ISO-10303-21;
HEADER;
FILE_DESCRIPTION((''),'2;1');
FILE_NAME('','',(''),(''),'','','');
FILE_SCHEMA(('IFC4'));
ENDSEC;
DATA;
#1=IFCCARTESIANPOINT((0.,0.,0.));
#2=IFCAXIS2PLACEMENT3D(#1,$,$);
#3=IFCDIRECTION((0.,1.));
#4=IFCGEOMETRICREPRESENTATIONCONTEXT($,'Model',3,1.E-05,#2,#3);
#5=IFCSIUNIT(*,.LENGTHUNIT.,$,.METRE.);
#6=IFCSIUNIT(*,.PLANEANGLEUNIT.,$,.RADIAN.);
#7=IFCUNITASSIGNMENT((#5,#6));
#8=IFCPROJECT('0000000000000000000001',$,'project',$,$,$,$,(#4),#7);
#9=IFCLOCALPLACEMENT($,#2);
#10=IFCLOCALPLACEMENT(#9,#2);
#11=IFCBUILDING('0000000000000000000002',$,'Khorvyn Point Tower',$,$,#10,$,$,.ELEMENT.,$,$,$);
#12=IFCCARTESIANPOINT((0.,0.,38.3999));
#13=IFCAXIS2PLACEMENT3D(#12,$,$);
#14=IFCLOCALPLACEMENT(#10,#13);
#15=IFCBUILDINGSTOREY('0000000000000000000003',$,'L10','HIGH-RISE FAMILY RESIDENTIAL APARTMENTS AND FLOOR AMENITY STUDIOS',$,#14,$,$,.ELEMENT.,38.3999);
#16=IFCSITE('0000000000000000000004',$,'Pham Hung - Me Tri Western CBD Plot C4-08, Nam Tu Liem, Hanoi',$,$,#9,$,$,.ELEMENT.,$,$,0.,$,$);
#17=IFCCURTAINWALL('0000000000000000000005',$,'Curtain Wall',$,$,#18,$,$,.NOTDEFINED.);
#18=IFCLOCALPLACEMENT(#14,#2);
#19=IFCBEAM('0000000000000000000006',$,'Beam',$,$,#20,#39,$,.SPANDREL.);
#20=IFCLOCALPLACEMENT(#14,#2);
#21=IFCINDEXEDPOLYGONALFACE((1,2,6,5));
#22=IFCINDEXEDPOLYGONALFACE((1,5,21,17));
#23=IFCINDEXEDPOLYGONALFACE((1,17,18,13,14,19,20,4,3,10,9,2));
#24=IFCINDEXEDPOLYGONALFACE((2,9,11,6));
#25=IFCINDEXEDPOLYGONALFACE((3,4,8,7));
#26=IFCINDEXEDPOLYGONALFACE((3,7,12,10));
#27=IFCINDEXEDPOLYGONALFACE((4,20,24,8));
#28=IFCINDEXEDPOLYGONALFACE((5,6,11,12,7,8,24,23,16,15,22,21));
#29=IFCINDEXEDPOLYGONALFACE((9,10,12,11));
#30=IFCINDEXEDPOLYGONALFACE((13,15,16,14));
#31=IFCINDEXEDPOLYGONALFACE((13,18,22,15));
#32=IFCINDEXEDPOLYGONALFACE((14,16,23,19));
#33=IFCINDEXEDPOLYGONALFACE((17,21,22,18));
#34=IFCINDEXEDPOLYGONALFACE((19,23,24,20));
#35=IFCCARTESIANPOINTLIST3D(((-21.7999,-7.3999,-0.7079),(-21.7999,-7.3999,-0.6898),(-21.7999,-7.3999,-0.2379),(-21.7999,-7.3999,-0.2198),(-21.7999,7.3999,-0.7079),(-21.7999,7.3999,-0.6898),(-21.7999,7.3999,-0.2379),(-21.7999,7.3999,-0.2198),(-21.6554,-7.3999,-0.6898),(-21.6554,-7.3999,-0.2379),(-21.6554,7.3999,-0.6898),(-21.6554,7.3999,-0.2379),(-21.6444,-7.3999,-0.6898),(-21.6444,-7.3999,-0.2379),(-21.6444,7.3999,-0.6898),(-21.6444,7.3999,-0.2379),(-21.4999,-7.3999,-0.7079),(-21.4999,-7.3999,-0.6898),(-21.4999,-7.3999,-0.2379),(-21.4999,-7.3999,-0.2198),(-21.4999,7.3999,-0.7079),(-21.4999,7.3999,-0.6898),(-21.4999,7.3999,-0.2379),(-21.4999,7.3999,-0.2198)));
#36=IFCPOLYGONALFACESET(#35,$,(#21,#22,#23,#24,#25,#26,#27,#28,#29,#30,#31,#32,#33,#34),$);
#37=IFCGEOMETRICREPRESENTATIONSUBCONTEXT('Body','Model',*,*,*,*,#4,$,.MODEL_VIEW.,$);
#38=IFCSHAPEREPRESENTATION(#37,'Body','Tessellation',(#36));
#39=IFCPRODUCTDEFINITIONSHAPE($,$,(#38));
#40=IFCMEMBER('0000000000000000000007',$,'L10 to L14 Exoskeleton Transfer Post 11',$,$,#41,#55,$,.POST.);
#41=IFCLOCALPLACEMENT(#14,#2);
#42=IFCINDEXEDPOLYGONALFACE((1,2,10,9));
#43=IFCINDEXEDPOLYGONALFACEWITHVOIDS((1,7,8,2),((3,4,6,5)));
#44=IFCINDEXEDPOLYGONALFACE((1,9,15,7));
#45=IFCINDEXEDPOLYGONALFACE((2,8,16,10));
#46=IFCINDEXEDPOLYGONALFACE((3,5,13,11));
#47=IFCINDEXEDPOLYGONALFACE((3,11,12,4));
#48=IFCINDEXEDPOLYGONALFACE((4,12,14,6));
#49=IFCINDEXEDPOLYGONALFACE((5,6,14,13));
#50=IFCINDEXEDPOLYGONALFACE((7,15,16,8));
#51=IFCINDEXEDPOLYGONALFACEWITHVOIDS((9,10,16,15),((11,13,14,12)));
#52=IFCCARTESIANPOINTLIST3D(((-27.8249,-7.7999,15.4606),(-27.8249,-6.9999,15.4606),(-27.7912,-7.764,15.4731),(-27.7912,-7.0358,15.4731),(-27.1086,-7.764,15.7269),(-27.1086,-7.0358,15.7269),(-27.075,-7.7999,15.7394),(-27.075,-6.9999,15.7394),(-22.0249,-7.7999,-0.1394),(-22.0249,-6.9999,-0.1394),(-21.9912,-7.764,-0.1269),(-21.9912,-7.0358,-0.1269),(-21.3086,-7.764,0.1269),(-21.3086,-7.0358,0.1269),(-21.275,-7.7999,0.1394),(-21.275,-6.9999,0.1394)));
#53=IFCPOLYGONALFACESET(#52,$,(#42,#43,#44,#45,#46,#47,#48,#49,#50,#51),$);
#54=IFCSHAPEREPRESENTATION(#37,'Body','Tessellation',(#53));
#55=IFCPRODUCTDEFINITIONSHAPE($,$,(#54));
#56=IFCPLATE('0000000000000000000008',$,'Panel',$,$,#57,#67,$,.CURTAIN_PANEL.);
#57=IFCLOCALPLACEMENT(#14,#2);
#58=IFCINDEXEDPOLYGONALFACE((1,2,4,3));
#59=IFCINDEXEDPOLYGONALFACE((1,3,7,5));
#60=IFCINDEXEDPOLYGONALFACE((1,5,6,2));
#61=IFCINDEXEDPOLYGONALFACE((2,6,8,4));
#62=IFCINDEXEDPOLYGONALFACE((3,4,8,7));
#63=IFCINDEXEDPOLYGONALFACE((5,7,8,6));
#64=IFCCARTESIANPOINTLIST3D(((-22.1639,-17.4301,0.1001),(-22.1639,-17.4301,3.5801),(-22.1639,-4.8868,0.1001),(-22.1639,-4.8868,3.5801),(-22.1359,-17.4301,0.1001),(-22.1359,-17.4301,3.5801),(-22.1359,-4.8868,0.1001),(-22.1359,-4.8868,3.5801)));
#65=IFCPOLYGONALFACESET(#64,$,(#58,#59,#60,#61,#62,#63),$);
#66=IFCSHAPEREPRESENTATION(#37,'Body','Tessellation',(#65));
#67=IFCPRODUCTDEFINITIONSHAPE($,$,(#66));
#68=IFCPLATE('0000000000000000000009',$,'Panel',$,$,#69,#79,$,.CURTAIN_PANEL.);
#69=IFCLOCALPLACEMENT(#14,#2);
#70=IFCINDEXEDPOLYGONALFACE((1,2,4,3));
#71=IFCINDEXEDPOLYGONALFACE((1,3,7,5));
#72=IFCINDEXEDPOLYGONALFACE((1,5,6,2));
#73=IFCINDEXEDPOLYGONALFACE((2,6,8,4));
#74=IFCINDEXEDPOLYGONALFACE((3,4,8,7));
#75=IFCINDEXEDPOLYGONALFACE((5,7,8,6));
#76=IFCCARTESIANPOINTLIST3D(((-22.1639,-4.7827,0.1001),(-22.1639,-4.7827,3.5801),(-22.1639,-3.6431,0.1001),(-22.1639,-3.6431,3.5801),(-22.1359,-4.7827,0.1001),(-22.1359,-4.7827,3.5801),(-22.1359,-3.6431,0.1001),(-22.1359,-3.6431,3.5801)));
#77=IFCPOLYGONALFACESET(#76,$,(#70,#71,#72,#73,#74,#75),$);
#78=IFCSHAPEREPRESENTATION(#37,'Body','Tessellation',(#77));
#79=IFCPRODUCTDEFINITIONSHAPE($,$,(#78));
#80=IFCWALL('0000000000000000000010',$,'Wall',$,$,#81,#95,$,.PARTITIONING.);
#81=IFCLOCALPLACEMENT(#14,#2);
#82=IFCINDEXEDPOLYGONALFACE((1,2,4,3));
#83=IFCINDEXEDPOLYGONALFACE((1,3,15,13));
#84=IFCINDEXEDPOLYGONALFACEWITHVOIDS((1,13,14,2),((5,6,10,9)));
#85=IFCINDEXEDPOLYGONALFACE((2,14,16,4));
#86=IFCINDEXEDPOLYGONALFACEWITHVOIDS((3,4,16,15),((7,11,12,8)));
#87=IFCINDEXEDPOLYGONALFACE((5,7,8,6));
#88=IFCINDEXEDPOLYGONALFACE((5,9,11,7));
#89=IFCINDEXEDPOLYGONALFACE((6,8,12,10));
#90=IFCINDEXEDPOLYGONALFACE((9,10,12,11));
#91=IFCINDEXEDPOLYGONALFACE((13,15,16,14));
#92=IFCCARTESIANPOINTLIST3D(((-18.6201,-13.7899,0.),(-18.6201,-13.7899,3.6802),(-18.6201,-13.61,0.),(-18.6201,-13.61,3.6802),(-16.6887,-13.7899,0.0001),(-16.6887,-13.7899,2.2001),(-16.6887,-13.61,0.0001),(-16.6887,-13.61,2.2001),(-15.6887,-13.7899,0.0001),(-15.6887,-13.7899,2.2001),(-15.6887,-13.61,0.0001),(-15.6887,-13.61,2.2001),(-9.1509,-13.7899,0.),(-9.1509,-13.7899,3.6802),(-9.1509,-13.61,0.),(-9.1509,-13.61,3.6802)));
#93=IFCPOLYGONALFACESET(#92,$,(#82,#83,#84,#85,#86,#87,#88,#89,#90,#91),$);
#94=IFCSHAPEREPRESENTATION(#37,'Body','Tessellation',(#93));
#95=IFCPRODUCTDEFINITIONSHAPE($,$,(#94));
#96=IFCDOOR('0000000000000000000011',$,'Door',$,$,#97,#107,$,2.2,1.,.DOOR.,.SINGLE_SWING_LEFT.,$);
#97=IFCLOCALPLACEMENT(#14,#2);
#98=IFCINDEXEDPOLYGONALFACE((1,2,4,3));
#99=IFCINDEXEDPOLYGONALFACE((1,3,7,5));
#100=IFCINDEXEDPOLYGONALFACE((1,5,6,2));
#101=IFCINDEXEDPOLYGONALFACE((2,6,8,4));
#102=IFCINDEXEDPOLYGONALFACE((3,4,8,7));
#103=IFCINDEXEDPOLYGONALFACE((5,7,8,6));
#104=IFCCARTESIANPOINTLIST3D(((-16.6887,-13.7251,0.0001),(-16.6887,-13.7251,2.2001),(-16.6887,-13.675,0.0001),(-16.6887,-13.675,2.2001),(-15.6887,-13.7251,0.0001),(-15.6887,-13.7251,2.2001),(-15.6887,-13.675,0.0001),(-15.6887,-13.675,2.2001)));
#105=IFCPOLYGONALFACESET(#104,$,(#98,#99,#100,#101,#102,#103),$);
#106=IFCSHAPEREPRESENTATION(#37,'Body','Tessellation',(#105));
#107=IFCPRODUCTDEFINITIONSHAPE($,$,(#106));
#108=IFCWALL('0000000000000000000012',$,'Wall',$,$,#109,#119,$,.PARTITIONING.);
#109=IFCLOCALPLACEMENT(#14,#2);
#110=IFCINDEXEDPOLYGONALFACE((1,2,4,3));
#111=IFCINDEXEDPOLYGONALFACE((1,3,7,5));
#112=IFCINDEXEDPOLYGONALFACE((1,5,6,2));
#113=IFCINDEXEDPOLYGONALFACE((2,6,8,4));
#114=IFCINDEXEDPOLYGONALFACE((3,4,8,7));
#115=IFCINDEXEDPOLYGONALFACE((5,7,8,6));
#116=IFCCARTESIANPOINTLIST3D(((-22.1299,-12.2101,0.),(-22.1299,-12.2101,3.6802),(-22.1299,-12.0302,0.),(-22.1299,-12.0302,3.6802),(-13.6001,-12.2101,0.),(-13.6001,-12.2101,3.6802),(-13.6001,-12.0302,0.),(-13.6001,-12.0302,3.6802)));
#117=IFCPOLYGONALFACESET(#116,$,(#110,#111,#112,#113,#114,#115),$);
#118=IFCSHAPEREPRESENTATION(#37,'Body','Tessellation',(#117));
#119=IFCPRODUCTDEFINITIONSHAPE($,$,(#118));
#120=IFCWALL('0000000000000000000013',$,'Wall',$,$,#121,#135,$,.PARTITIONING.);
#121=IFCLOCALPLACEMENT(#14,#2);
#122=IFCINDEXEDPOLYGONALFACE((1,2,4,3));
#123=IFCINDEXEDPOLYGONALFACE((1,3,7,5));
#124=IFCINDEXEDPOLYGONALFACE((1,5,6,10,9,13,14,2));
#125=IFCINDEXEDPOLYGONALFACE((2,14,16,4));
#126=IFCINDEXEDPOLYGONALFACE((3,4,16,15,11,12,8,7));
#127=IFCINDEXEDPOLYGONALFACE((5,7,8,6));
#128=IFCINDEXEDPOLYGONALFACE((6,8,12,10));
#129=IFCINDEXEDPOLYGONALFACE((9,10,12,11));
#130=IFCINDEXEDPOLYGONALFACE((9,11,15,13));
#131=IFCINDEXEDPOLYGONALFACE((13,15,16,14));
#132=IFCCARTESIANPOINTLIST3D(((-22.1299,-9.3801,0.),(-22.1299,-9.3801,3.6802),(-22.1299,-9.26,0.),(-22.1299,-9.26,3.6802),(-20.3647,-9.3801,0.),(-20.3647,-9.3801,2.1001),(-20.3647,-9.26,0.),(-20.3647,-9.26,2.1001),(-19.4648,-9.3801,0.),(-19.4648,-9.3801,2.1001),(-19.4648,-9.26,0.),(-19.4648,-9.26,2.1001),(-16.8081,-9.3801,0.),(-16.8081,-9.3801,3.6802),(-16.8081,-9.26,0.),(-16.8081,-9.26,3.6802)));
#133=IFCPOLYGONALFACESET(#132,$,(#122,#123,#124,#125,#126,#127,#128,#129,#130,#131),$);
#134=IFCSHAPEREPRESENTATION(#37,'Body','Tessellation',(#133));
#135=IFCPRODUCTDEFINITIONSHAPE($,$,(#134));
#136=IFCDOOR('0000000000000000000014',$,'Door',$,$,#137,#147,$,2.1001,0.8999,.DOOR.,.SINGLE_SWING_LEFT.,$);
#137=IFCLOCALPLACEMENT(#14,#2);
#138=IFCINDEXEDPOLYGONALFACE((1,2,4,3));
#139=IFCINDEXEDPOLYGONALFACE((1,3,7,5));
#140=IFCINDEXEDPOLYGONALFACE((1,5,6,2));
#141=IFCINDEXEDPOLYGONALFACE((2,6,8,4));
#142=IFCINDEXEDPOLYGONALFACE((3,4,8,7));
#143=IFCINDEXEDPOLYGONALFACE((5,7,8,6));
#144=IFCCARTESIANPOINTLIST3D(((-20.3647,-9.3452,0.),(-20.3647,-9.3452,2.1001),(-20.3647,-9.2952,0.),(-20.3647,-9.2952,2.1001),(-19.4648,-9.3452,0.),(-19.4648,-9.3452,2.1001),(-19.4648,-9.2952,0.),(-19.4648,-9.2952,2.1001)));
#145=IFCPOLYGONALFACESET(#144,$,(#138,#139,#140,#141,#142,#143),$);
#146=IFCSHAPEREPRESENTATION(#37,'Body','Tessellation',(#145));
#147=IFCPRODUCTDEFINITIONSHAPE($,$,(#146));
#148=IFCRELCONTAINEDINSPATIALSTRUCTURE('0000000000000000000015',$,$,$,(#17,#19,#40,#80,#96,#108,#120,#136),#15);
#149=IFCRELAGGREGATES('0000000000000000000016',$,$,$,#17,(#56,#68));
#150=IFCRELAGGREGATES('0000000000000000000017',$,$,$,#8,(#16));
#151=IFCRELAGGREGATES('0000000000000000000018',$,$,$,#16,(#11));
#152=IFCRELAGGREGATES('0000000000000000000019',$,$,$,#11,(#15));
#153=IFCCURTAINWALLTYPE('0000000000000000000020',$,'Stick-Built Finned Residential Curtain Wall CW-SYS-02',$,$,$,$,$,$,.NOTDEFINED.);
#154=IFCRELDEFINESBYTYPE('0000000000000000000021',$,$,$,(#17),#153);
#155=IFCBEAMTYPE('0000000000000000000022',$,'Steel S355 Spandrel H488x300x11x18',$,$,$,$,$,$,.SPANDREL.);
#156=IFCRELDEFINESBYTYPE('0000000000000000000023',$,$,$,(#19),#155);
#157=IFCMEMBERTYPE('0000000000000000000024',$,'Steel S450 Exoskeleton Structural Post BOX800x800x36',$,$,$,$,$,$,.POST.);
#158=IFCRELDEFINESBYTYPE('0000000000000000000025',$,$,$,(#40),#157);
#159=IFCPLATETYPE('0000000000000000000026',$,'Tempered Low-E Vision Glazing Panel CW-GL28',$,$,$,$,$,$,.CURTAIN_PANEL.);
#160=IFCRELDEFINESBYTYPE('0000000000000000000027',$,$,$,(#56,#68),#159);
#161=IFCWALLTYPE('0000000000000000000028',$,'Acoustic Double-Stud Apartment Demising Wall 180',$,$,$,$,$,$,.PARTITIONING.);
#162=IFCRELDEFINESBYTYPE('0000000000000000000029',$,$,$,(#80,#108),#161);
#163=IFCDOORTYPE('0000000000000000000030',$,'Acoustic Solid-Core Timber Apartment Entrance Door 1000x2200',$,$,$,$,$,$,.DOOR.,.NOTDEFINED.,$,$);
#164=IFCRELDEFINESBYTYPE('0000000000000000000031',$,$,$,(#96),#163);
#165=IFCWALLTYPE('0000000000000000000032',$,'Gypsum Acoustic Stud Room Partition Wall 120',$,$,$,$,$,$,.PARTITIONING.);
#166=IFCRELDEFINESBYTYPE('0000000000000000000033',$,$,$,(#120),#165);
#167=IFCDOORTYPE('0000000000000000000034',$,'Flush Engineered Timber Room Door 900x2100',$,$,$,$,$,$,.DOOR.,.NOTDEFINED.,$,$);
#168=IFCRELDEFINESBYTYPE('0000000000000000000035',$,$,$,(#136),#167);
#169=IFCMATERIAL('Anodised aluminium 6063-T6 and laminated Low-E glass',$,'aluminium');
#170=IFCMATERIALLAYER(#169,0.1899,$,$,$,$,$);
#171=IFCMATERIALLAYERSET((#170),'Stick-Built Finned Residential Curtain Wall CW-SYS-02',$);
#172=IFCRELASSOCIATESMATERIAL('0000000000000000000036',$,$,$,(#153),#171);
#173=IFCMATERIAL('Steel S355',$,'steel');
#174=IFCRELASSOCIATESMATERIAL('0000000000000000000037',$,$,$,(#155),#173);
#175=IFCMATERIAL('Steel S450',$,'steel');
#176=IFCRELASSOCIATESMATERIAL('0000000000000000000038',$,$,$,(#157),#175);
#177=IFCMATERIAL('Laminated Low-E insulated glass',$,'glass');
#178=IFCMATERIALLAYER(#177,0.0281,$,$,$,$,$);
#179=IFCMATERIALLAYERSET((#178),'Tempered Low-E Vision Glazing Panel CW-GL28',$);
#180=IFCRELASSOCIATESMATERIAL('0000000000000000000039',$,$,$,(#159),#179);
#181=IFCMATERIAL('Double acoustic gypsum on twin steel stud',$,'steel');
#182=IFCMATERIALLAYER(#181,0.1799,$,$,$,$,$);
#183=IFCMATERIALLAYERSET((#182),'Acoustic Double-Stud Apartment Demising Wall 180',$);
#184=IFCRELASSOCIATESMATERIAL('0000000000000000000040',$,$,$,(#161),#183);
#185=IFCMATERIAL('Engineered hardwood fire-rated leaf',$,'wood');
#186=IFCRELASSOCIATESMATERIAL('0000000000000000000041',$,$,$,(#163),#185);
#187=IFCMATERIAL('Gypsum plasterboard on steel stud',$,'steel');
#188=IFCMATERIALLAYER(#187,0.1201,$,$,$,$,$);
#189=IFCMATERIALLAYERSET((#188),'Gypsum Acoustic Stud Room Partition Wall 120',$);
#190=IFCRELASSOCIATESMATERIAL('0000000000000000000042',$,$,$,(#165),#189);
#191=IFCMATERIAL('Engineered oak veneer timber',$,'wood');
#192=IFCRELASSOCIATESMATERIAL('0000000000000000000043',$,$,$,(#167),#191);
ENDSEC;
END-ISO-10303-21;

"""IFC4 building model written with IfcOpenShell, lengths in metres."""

from ifc_helpers import new_model, si_unit, direction, frame, frame_2d, origin, origin_2d, place, context, subcontext, project, spatial, rectangle, hollow_rectangle, i_section, extrude, material, layer, layer_set, material_profile, profile_set, type_object, element, fill, aggregate, save


model = new_model("IFC4")

# Units and contexts
model_context = context("Model", 3, precision=1e-05, world=origin(), true_north=direction((0.0, 1.0)))
body_context = subcontext(model_context, "Body", "Model", "MODEL_VIEW")
ifc_project = project(units=[si_unit("LENGTHUNIT", "METRE"), si_unit("PLANEANGLEUNIT", "RADIAN")], contexts=[model_context])

# Site, building, storey
site_placement = place(None, origin())
site = spatial("IfcSite", under=ifc_project, at=site_placement, Name="Pham Hung - Me Tri Western CBD Plot C4-08, Nam Tu Liem, Hanoi", CompositionType="ELEMENT", RefElevation=0.0)
building_placement = place(site_placement, origin())
building = spatial("IfcBuilding", under=site, at=building_placement, Name="Khorvyn Point Tower", CompositionType="ELEMENT")
storey_placement = place(building_placement, frame((0.0, 0.0, 38.3999)))
storey = spatial("IfcBuildingStorey", under=building, at=storey_placement, Name="L10", Description="HIGH-RISE FAMILY RESIDENTIAL APARTMENTS AND FLOOR AMENITY STUDIOS", CompositionType="ELEMENT", Elevation=38.3999)

# Shared definitions
ifc_material_1 = material(Name="Steel S450", Category="steel")

# Curtain wall
ifc_material_2 = material(Name="Anodised aluminium 6063-T6 and laminated Low-E glass", Category="aluminium")
ifc_layer_1 = layer(ifc_material_2, 0.1899)
ifc_layer_set_1 = layer_set([ifc_layer_1], Name="Stick-Built Finned Residential Curtain Wall CW-SYS-02")
curtain_wall_type = type_object("IfcCurtainWallType", Name="Stick-Built Finned Residential Curtain Wall CW-SYS-02", PredefinedType="NOTDEFINED", material=ifc_layer_set_1)
curtain_wall_placement = place(storey_placement, origin())
curtain_wall = element("IfcCurtainWall", 1, at=curtain_wall_placement, inside=storey, type_object=curtain_wall_type, Name="Curtain Wall", PredefinedType="NOTDEFINED")

# Beam
ifc_material_3 = material(Name="Steel S355", Category="steel")
ifc_material_profile_1 = material_profile(ifc_material_3, i_section(OverallWidth=0.3, OverallDepth=0.488, WebThickness=0.011, FlangeThickness=0.0181, at=origin_2d()))
ifc_profile_set_1 = profile_set([ifc_material_profile_1], Name="Steel S355 H488x300x11x18")
beam_type_1 = type_object("IfcBeamType", Name="Steel S355 Spandrel H488x300x11x18", PredefinedType="SPANDREL", material=ifc_profile_set_1)
beam_1_placement = place(storey_placement, frame((-21.6499, -7.3999, -0.4639), z_axis=(0.0, 1.0, 0.0), x_axis=(-1.0, 0.0, 0.0)))
element("IfcBeam", 2, at=beam_1_placement, inside=storey, type_object=beam_type_1, Name="Beam", PredefinedType="SPANDREL", context=body_context, shape_type="SweptSolid", body=[
    extrude(i_section(OverallWidth=0.3, OverallDepth=0.488, WebThickness=0.011, FlangeThickness=0.0181, at=origin_2d()), origin(), (0.0, 0.0, 1.0), 14.7998),
])

# Member
ifc_material_profile_2 = material_profile(ifc_material_1, hollow_rectangle(XDim=0.8, YDim=0.8, WallThickness=0.0359, at=origin_2d()))
ifc_profile_set_2 = profile_set([ifc_material_profile_2], Name="Steel S450 BOX800x800x36")
member_type_1 = type_object("IfcMemberType", Name="Steel S450 Exoskeleton Structural Post BOX800x800x36", PredefinedType="POST", material=ifc_profile_set_2)
member_1_placement = place(storey_placement, frame((-21.6499, -7.3999, 0.0), z_axis=(-0.348489, 0.0, 0.937313), x_axis=(0.0, -1.0, 0.0)))
element("IfcMember", 3, at=member_1_placement, inside=storey, type_object=member_type_1, Name="L10 to L14 Exoskeleton Transfer Post 11", PredefinedType="POST", context=body_context, shape_type="SweptSolid", body=[
    extrude(hollow_rectangle(XDim=0.8, YDim=0.8, WallThickness=0.0359, at=origin_2d()), origin(), (0.0, 0.0, 1.0), 16.6433),
])

# Plates
ifc_material_4 = material(Name="Laminated Low-E insulated glass", Category="glass")
ifc_layer_2 = layer(ifc_material_4, 0.0281)
ifc_layer_set_2 = layer_set([ifc_layer_2], Name="Tempered Low-E Vision Glazing Panel CW-GL28")
plate_type = type_object("IfcPlateType", Name="Tempered Low-E Vision Glazing Panel CW-GL28", PredefinedType="CURTAIN_PANEL", material=ifc_layer_set_2)
plate_1_placement = place(storey_placement, frame((-22.1499, -11.1584, 0.1001), z_axis=(0.0, 0.0, 1.0), x_axis=(0.0, 1.0, 0.0)))
plate_1 = element("IfcPlate", 4, at=plate_1_placement, type_object=plate_type, Name="Panel", PredefinedType="CURTAIN_PANEL", context=body_context, shape_type="SweptSolid", body=[
    extrude(rectangle(XDim=12.5432, YDim=0.0281, at=origin_2d()), origin(), (0.0, 0.0, 1.0), 3.48),
])
plate_2_placement = place(storey_placement, frame((-22.1499, -4.2129, 0.1001), z_axis=(0.0, 0.0, 1.0), x_axis=(0.0, 1.0, 0.0)))
plate_2 = element("IfcPlate", 5, at=plate_2_placement, type_object=plate_type, Name="Panel", PredefinedType="CURTAIN_PANEL", context=body_context, shape_type="SweptSolid", body=[
    extrude(rectangle(XDim=1.1396, YDim=0.0281, at=origin_2d()), origin(), (0.0, 0.0, 1.0), 3.48),
])
aggregate(curtain_wall, [plate_1, plate_2])

# Wall, opening, door
ifc_material_5 = material(Name="Double acoustic gypsum on twin steel stud", Category="steel")
ifc_layer_3 = layer(ifc_material_5, 0.1799)
ifc_layer_set_3 = layer_set([ifc_layer_3], Name="Acoustic Double-Stud Apartment Demising Wall 180")
wall_type_1 = type_object("IfcWallType", Name="Acoustic Double-Stud Apartment Demising Wall 180", PredefinedType="PARTITIONING", material=ifc_layer_set_3)
wall_1_placement = place(storey_placement, frame((-18.6201, -13.7, 0.0), z_axis=(0.0, 0.0, 1.0), x_axis=(1.0, 0.0, 0.0)))
wall_1 = element("IfcWall", 6, at=wall_1_placement, inside=storey, type_object=wall_type_1, Name="Wall", PredefinedType="PARTITIONING", context=body_context, shape_type="SweptSolid", body=[
    extrude(rectangle(XDim=9.4692, YDim=0.1799, at=frame_2d((4.7346, 0.0))), origin(), (0.0, 0.0, 1.0), 3.6802),
])
opening_1_placement = place(wall_1_placement, frame((1.9314, 0.0, 0.0)))
opening_1 = element("IfcOpeningElement", 7, at=opening_1_placement, cuts=wall_1, PredefinedType="OPENING", context=body_context, shape_type="SweptSolid", body=[
    extrude(rectangle(XDim=1.0, YDim=2.2, at=frame_2d((0.5, 1.1001))), frame((0.0, 0.0999, 0.0), z_axis=(0.0, -1.0, 0.0), x_axis=(1.0, 0.0, 0.0)), (0.0, 0.0, 1.0), 0.2),
])
ifc_material_6 = material(Name="Engineered hardwood fire-rated leaf", Category="wood")
door_type_1 = type_object("IfcDoorType", Name="Acoustic Solid-Core Timber Apartment Entrance Door 1000x2200", OperationType="NOTDEFINED", PredefinedType="DOOR", material=ifc_material_6)
door_1_placement = place(opening_1_placement, origin())
door_1 = element("IfcDoor", 8, at=door_1_placement, inside=storey, type_object=door_type_1, Name="Door", OperationType="SINGLE_SWING_LEFT", OverallHeight=2.2, OverallWidth=1.0, PredefinedType="DOOR", context=body_context, shape_type="SweptSolid", body=[
    extrude(rectangle(XDim=1.0, YDim=2.2, at=frame_2d((0.5, 1.1001))), frame((0.0, 0.0249, 0.0), z_axis=(0.0, -1.0, 0.0), x_axis=(1.0, 0.0, 0.0)), (0.0, 0.0, 1.0), 0.05),
])
fill(opening_1, door_1)

# Wall
wall_2_placement = place(storey_placement, frame((-22.1299, -12.1201, 0.0), z_axis=(0.0, 0.0, 1.0), x_axis=(1.0, 0.0, 0.0)))
element("IfcWall", 9, at=wall_2_placement, inside=storey, type_object=wall_type_1, Name="Wall", PredefinedType="PARTITIONING", context=body_context, shape_type="SweptSolid", body=[
    extrude(rectangle(XDim=8.5298, YDim=0.1799, at=frame_2d((4.2649, 0.0))), origin(), (0.0, 0.0, 1.0), 3.6802),
])

# Wall, opening, door
ifc_material_7 = material(Name="Gypsum plasterboard on steel stud", Category="steel")
ifc_layer_4 = layer(ifc_material_7, 0.1201)
ifc_layer_set_4 = layer_set([ifc_layer_4], Name="Gypsum Acoustic Stud Room Partition Wall 120")
wall_type_2 = type_object("IfcWallType", Name="Gypsum Acoustic Stud Room Partition Wall 120", PredefinedType="PARTITIONING", material=ifc_layer_set_4)
wall_3_placement = place(storey_placement, frame((-22.1299, -9.3201, 0.0), z_axis=(0.0, 0.0, 1.0), x_axis=(1.0, 0.0, 0.0)))
wall_3 = element("IfcWall", 10, at=wall_3_placement, inside=storey, type_object=wall_type_2, Name="Wall", PredefinedType="PARTITIONING", context=body_context, shape_type="SweptSolid", body=[
    extrude(rectangle(XDim=5.3218, YDim=0.1201, at=frame_2d((2.6609, 0.0))), origin(), (0.0, 0.0, 1.0), 3.6802),
])
opening_2_placement = place(wall_3_placement, frame((1.7651, 0.0, 0.0)))
opening_2 = element("IfcOpeningElement", 11, at=opening_2_placement, cuts=wall_3, PredefinedType="OPENING", context=body_context, shape_type="SweptSolid", body=[
    extrude(rectangle(XDim=0.8999, YDim=2.1001, at=frame_2d((0.45, 1.05))), frame((0.0, 0.0701, 0.0), z_axis=(0.0, -1.0, 0.0), x_axis=(1.0, 0.0, 0.0)), (0.0, 0.0, 1.0), 0.1401),
])
ifc_material_8 = material(Name="Engineered oak veneer timber", Category="wood")
door_type_2 = type_object("IfcDoorType", Name="Flush Engineered Timber Room Door 900x2100", OperationType="NOTDEFINED", PredefinedType="DOOR", material=ifc_material_8)
door_2_placement = place(opening_2_placement, origin())
door_2 = element("IfcDoor", 12, at=door_2_placement, inside=storey, type_object=door_type_2, Name="Door", OperationType="SINGLE_SWING_LEFT", OverallHeight=2.1001, OverallWidth=0.8999, PredefinedType="DOOR", context=body_context, shape_type="SweptSolid", body=[
    extrude(rectangle(XDim=0.8999, YDim=2.1001, at=frame_2d((0.45, 1.05))), frame((0.0, 0.0249, 0.0), z_axis=(0.0, -1.0, 0.0), x_axis=(1.0, 0.0, 0.0)), (0.0, 0.0, 1.0), 0.05),
])
fill(opening_2, door_2)

save(model, "model.ifc")
